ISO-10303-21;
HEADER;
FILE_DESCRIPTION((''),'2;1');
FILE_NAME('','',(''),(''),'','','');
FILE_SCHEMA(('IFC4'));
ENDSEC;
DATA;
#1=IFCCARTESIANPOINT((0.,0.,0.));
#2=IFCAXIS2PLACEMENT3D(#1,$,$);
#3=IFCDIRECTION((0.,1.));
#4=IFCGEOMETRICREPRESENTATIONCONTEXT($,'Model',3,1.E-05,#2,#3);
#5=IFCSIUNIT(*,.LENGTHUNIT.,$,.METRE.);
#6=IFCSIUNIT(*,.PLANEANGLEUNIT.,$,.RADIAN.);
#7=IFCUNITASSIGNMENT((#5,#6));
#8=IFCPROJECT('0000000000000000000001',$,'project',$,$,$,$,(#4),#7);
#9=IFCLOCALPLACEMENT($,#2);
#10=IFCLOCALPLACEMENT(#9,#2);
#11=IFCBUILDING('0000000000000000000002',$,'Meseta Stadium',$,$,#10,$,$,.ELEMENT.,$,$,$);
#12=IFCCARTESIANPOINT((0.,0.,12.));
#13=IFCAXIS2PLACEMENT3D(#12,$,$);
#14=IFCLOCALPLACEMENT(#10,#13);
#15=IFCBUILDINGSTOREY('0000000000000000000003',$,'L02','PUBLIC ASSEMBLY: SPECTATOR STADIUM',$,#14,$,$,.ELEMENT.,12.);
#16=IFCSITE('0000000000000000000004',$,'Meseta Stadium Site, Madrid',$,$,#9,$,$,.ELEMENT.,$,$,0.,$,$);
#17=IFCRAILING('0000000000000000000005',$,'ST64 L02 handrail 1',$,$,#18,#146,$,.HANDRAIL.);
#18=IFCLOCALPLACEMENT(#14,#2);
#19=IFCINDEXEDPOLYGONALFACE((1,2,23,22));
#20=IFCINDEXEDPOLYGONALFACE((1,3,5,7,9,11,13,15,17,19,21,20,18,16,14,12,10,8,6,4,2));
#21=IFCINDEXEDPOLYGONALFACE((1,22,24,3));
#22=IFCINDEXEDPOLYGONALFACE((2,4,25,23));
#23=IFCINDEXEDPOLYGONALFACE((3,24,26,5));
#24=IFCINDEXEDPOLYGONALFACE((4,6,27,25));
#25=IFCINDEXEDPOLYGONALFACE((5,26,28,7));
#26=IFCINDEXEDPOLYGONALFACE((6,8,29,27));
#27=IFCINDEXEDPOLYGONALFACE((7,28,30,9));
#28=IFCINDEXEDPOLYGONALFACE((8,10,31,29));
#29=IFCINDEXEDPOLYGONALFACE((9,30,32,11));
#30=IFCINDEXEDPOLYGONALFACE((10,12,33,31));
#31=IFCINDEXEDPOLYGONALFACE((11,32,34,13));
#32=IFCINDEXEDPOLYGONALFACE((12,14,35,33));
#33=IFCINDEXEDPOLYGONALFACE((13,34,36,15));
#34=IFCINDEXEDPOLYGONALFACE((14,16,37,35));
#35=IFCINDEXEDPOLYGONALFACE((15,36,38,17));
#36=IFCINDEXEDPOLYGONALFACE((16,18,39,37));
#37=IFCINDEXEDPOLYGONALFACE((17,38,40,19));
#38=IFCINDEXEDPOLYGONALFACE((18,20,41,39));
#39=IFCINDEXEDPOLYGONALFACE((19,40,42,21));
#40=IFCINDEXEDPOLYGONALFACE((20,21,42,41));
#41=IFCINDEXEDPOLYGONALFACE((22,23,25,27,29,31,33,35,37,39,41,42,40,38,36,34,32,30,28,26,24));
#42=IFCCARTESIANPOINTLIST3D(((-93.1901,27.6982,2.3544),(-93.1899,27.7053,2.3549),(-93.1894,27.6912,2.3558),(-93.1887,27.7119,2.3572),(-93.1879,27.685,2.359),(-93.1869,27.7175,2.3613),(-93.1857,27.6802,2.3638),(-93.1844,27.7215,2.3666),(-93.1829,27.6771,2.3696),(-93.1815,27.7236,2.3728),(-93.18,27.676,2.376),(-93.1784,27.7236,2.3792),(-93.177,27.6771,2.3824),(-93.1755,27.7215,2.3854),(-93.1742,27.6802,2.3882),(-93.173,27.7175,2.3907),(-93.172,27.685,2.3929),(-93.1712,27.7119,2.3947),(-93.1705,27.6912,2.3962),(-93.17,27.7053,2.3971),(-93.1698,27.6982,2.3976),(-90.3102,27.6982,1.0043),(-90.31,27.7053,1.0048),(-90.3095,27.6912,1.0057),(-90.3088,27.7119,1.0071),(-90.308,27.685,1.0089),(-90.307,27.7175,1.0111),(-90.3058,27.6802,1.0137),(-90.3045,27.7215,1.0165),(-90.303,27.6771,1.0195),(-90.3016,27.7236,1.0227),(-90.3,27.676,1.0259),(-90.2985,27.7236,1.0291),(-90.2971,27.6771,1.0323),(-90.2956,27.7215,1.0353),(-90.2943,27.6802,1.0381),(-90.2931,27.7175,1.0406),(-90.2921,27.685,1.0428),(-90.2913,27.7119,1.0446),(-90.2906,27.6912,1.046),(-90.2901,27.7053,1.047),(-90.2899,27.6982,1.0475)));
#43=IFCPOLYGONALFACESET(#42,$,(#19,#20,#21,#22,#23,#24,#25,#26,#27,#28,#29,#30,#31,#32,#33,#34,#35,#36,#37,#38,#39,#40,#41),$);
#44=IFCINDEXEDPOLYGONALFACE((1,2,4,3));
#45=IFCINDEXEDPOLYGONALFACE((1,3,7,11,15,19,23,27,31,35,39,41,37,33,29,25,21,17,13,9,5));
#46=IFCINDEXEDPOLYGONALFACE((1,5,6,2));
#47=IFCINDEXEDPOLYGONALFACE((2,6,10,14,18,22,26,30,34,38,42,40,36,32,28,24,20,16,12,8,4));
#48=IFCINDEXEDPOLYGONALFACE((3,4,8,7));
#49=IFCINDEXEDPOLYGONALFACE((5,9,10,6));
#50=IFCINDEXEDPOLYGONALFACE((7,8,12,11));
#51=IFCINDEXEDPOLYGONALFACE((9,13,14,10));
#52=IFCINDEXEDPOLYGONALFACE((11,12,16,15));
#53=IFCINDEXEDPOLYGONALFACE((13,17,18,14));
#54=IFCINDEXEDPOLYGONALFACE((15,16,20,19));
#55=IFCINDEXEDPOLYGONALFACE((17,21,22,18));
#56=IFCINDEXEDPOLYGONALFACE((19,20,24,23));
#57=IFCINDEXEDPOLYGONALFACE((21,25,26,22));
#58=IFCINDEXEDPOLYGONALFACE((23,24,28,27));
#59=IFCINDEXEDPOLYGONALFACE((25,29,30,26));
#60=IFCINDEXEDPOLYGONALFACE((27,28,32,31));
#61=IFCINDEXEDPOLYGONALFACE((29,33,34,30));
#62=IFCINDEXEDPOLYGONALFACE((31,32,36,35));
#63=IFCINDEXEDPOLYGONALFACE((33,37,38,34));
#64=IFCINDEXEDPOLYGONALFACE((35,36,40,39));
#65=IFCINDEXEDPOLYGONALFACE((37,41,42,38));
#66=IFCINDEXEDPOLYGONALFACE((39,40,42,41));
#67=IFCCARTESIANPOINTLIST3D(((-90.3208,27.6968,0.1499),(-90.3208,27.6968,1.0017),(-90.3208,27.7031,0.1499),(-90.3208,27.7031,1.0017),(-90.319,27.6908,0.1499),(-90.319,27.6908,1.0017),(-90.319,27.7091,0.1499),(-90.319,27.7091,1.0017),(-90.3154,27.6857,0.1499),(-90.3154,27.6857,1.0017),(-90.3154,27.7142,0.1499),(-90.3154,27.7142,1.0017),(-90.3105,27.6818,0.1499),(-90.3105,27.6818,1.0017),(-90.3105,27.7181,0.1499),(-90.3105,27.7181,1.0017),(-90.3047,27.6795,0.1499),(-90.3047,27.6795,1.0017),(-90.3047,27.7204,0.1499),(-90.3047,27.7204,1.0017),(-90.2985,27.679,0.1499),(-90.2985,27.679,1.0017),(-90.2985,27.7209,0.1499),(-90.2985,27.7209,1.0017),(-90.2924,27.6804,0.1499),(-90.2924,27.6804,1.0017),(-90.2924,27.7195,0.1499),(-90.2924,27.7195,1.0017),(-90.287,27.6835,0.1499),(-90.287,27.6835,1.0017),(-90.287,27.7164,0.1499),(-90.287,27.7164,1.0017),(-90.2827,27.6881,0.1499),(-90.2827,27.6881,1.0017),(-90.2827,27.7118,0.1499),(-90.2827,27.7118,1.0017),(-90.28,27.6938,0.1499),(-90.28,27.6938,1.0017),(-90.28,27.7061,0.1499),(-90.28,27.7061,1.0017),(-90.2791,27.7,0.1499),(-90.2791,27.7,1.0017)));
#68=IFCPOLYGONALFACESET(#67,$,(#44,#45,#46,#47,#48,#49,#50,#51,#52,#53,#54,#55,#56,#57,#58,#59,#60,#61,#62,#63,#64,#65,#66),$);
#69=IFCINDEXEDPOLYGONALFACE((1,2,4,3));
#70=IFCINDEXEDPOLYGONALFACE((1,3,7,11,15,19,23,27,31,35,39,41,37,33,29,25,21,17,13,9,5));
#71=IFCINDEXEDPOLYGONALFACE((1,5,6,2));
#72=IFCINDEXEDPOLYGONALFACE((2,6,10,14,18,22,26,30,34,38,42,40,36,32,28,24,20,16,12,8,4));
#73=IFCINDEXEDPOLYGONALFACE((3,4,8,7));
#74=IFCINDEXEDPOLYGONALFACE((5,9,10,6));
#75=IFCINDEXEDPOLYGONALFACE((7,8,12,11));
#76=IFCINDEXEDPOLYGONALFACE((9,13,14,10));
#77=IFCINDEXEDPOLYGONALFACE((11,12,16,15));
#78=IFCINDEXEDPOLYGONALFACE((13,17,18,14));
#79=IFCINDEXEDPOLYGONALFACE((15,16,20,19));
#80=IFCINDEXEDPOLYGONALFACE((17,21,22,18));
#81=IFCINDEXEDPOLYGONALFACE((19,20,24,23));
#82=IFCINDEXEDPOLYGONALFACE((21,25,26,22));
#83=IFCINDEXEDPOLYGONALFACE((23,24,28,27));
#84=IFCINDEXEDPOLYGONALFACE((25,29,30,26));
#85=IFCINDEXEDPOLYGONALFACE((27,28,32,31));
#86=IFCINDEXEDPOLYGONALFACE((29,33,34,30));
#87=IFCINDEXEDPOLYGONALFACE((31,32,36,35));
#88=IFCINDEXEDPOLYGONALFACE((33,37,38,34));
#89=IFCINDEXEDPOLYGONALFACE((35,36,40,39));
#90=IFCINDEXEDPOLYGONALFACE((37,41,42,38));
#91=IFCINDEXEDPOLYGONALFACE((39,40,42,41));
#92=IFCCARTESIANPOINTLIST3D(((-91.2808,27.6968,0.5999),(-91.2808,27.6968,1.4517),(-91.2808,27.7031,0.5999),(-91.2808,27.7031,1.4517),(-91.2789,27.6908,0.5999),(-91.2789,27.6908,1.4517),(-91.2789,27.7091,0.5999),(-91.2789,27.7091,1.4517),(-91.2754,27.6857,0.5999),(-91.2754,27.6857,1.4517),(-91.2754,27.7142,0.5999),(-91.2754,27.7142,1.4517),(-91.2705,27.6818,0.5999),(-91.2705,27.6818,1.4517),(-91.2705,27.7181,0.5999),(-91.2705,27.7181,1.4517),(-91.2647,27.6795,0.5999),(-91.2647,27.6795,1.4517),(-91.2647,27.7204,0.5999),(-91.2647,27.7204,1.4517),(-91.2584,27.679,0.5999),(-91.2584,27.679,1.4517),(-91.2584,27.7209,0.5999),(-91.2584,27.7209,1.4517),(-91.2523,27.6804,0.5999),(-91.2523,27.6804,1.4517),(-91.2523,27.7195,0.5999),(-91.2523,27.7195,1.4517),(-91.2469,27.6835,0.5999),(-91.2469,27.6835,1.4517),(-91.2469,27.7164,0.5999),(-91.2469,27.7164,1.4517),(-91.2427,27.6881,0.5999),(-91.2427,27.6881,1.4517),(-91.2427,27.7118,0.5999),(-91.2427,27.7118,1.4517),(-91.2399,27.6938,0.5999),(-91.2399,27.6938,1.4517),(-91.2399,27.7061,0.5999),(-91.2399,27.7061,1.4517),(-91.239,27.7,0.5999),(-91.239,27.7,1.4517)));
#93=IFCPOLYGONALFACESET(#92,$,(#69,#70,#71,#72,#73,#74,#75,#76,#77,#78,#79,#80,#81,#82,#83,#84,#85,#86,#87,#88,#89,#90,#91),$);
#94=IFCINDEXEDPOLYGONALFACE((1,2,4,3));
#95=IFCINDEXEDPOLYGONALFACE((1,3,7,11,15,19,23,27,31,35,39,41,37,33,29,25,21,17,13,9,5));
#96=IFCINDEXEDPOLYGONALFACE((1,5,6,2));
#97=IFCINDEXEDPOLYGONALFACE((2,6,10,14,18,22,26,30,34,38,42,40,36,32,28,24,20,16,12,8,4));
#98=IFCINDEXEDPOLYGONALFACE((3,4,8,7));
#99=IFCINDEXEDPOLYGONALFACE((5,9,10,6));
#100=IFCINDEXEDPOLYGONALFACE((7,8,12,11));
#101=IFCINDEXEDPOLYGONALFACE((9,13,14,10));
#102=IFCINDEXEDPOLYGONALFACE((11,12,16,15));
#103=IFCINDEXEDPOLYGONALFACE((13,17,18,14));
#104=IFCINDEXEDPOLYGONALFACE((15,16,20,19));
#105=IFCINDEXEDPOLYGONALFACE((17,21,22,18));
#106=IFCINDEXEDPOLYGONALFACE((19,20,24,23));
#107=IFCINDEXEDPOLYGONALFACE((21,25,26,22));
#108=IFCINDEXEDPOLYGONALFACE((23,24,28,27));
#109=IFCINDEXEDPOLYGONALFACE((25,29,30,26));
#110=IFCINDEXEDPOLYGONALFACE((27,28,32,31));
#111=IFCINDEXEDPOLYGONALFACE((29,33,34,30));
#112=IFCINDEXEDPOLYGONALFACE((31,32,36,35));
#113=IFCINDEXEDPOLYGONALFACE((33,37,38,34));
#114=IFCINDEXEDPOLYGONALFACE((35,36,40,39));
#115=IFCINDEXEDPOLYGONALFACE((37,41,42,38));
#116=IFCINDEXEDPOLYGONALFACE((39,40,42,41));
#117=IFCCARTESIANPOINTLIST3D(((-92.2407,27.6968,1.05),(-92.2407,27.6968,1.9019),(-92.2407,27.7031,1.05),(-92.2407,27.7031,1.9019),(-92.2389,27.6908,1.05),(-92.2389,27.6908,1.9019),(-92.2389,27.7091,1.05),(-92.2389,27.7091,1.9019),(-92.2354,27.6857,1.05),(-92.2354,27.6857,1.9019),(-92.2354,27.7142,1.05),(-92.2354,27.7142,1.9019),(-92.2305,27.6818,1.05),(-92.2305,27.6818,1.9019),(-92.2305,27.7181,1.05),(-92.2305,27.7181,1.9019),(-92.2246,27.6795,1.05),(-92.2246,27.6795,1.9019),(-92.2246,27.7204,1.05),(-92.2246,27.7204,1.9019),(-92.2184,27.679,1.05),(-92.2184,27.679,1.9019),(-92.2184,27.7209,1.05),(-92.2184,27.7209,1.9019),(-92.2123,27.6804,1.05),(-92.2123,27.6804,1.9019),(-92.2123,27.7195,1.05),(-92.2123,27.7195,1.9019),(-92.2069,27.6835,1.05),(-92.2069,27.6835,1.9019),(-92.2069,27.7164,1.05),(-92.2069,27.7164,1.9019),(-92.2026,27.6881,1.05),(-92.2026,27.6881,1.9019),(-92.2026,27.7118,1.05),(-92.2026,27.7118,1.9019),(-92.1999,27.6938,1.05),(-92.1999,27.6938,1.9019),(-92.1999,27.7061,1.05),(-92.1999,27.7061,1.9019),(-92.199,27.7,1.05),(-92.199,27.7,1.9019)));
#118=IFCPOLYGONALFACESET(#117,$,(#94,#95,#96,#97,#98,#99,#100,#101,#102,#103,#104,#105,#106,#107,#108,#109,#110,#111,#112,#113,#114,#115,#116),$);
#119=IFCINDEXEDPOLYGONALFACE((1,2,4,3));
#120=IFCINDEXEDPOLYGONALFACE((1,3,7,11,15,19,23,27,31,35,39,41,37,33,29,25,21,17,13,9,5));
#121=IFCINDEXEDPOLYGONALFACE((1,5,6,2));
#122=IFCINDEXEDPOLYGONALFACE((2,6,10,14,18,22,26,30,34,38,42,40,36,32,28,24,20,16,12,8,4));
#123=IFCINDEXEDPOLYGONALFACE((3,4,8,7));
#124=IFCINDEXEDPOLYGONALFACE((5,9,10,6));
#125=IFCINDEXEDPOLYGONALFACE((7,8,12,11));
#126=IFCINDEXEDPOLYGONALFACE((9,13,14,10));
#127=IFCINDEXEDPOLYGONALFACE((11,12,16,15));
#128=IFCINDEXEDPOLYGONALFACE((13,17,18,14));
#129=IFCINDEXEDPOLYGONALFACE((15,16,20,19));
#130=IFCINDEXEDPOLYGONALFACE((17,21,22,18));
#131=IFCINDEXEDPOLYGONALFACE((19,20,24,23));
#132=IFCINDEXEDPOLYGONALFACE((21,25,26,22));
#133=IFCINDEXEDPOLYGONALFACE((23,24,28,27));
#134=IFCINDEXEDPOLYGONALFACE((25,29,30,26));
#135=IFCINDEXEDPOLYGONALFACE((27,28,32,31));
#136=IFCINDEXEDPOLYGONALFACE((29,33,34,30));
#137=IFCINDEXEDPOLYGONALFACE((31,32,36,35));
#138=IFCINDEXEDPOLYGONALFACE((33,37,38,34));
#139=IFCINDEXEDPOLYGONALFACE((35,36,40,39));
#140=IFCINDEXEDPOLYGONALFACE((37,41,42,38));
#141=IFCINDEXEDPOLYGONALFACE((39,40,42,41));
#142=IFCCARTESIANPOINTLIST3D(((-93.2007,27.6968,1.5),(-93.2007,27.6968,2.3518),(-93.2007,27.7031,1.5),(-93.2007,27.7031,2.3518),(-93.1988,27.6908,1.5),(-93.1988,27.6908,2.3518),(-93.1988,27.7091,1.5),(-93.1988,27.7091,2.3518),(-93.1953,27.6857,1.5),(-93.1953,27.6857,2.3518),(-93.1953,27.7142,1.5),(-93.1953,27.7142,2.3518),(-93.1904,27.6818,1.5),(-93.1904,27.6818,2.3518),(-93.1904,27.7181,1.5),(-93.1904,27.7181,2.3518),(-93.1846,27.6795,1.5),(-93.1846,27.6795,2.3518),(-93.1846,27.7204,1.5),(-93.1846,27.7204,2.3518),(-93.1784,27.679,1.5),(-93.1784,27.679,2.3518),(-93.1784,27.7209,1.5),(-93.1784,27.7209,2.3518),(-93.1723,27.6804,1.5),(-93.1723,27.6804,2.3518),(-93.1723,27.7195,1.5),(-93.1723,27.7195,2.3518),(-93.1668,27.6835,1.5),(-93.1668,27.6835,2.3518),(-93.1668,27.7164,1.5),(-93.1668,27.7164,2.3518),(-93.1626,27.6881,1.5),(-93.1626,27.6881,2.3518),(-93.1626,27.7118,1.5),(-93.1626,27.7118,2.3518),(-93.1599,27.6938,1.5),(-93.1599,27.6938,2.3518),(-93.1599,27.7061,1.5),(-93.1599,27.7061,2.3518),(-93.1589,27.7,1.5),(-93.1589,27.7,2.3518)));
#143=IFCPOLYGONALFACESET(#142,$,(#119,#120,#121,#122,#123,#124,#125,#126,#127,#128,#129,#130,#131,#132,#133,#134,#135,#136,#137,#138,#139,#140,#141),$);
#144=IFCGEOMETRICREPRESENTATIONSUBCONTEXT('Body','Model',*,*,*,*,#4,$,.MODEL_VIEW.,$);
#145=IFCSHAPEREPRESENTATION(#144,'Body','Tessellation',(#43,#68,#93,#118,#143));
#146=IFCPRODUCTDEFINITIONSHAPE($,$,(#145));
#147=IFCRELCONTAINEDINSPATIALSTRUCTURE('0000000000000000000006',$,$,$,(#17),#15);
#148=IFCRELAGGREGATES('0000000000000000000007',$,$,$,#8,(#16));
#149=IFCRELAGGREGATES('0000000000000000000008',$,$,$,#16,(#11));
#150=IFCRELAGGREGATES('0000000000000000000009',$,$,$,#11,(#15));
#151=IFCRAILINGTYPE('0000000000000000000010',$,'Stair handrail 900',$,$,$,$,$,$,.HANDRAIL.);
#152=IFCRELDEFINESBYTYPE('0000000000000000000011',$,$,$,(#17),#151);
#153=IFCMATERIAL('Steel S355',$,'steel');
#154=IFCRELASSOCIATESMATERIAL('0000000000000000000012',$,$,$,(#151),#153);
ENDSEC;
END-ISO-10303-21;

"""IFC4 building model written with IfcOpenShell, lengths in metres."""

from ifc_helpers import new_model, si_unit, direction, frame, origin, origin_2d, place, context, subcontext, project, spatial, circle, extrude, material, type_object, element, save


model = new_model("IFC4")

# Units and contexts
model_context = context("Model", 3, precision=1e-05, world=origin(), true_north=direction((0.0, 1.0)))
body_context = subcontext(model_context, "Body", "Model", "MODEL_VIEW")
ifc_project = project(units=[si_unit("LENGTHUNIT", "METRE"), si_unit("PLANEANGLEUNIT", "RADIAN")], contexts=[model_context])

# Site, building, storey
site_placement = place(None, origin())
site = spatial("IfcSite", under=ifc_project, at=site_placement, Name="Meseta Stadium Site, Madrid", CompositionType="ELEMENT", RefElevation=0.0)
building_placement = place(site_placement, origin())
building = spatial("IfcBuilding", under=site, at=building_placement, Name="Meseta Stadium", CompositionType="ELEMENT")
storey_placement = place(building_placement, frame((0.0, 0.0, 12.0)))
storey = spatial("IfcBuildingStorey", under=building, at=storey_placement, Name="L02", Description="PUBLIC ASSEMBLY: SPECTATOR STADIUM", CompositionType="ELEMENT", Elevation=12.0)

# Railing
ifc_material_1 = material(Name="Steel S355", Category="steel")
railing_type_1 = type_object("IfcRailingType", Name="Stair handrail 900", PredefinedType="HANDRAIL", material=ifc_material_1)
for number, where, name in (
    (1, (-90.3, 27.7, 0.1499), "ST64 L02 handrail 1"),
):
    element("IfcRailing", number, at=place(storey_placement, frame(where)), inside=storey, type_object=railing_type_1, Name=name, PredefinedType="HANDRAIL", context=body_context, shape_type="SweptSolid", body=[
        extrude(circle(Radius=0.0239, at=origin_2d()), frame((0.0, 0.0, 0.876), z_axis=(-0.90544, 0.0, 0.424473), x_axis=(0.0, -1.0, 0.0)), (0.0, 0.0, 1.0), 3.1807),
        extrude(circle(Radius=0.021, at=origin_2d()), origin(), (0.0, 0.0, 1.0), 0.8518),
        extrude(circle(Radius=0.021, at=origin_2d()), frame((-0.96, 0.0, 0.45)), (0.0, 0.0, 1.0), 0.8518),
        extrude(circle(Radius=0.021, at=origin_2d()), frame((-1.9199, 0.0, 0.9001)), (0.0, 0.0, 1.0), 0.8518),
        extrude(circle(Radius=0.021, at=origin_2d()), frame((-2.8799, 0.0, 1.3501)), (0.0, 0.0, 1.0), 0.8518),
    ])

save(model, "model.ifc")
